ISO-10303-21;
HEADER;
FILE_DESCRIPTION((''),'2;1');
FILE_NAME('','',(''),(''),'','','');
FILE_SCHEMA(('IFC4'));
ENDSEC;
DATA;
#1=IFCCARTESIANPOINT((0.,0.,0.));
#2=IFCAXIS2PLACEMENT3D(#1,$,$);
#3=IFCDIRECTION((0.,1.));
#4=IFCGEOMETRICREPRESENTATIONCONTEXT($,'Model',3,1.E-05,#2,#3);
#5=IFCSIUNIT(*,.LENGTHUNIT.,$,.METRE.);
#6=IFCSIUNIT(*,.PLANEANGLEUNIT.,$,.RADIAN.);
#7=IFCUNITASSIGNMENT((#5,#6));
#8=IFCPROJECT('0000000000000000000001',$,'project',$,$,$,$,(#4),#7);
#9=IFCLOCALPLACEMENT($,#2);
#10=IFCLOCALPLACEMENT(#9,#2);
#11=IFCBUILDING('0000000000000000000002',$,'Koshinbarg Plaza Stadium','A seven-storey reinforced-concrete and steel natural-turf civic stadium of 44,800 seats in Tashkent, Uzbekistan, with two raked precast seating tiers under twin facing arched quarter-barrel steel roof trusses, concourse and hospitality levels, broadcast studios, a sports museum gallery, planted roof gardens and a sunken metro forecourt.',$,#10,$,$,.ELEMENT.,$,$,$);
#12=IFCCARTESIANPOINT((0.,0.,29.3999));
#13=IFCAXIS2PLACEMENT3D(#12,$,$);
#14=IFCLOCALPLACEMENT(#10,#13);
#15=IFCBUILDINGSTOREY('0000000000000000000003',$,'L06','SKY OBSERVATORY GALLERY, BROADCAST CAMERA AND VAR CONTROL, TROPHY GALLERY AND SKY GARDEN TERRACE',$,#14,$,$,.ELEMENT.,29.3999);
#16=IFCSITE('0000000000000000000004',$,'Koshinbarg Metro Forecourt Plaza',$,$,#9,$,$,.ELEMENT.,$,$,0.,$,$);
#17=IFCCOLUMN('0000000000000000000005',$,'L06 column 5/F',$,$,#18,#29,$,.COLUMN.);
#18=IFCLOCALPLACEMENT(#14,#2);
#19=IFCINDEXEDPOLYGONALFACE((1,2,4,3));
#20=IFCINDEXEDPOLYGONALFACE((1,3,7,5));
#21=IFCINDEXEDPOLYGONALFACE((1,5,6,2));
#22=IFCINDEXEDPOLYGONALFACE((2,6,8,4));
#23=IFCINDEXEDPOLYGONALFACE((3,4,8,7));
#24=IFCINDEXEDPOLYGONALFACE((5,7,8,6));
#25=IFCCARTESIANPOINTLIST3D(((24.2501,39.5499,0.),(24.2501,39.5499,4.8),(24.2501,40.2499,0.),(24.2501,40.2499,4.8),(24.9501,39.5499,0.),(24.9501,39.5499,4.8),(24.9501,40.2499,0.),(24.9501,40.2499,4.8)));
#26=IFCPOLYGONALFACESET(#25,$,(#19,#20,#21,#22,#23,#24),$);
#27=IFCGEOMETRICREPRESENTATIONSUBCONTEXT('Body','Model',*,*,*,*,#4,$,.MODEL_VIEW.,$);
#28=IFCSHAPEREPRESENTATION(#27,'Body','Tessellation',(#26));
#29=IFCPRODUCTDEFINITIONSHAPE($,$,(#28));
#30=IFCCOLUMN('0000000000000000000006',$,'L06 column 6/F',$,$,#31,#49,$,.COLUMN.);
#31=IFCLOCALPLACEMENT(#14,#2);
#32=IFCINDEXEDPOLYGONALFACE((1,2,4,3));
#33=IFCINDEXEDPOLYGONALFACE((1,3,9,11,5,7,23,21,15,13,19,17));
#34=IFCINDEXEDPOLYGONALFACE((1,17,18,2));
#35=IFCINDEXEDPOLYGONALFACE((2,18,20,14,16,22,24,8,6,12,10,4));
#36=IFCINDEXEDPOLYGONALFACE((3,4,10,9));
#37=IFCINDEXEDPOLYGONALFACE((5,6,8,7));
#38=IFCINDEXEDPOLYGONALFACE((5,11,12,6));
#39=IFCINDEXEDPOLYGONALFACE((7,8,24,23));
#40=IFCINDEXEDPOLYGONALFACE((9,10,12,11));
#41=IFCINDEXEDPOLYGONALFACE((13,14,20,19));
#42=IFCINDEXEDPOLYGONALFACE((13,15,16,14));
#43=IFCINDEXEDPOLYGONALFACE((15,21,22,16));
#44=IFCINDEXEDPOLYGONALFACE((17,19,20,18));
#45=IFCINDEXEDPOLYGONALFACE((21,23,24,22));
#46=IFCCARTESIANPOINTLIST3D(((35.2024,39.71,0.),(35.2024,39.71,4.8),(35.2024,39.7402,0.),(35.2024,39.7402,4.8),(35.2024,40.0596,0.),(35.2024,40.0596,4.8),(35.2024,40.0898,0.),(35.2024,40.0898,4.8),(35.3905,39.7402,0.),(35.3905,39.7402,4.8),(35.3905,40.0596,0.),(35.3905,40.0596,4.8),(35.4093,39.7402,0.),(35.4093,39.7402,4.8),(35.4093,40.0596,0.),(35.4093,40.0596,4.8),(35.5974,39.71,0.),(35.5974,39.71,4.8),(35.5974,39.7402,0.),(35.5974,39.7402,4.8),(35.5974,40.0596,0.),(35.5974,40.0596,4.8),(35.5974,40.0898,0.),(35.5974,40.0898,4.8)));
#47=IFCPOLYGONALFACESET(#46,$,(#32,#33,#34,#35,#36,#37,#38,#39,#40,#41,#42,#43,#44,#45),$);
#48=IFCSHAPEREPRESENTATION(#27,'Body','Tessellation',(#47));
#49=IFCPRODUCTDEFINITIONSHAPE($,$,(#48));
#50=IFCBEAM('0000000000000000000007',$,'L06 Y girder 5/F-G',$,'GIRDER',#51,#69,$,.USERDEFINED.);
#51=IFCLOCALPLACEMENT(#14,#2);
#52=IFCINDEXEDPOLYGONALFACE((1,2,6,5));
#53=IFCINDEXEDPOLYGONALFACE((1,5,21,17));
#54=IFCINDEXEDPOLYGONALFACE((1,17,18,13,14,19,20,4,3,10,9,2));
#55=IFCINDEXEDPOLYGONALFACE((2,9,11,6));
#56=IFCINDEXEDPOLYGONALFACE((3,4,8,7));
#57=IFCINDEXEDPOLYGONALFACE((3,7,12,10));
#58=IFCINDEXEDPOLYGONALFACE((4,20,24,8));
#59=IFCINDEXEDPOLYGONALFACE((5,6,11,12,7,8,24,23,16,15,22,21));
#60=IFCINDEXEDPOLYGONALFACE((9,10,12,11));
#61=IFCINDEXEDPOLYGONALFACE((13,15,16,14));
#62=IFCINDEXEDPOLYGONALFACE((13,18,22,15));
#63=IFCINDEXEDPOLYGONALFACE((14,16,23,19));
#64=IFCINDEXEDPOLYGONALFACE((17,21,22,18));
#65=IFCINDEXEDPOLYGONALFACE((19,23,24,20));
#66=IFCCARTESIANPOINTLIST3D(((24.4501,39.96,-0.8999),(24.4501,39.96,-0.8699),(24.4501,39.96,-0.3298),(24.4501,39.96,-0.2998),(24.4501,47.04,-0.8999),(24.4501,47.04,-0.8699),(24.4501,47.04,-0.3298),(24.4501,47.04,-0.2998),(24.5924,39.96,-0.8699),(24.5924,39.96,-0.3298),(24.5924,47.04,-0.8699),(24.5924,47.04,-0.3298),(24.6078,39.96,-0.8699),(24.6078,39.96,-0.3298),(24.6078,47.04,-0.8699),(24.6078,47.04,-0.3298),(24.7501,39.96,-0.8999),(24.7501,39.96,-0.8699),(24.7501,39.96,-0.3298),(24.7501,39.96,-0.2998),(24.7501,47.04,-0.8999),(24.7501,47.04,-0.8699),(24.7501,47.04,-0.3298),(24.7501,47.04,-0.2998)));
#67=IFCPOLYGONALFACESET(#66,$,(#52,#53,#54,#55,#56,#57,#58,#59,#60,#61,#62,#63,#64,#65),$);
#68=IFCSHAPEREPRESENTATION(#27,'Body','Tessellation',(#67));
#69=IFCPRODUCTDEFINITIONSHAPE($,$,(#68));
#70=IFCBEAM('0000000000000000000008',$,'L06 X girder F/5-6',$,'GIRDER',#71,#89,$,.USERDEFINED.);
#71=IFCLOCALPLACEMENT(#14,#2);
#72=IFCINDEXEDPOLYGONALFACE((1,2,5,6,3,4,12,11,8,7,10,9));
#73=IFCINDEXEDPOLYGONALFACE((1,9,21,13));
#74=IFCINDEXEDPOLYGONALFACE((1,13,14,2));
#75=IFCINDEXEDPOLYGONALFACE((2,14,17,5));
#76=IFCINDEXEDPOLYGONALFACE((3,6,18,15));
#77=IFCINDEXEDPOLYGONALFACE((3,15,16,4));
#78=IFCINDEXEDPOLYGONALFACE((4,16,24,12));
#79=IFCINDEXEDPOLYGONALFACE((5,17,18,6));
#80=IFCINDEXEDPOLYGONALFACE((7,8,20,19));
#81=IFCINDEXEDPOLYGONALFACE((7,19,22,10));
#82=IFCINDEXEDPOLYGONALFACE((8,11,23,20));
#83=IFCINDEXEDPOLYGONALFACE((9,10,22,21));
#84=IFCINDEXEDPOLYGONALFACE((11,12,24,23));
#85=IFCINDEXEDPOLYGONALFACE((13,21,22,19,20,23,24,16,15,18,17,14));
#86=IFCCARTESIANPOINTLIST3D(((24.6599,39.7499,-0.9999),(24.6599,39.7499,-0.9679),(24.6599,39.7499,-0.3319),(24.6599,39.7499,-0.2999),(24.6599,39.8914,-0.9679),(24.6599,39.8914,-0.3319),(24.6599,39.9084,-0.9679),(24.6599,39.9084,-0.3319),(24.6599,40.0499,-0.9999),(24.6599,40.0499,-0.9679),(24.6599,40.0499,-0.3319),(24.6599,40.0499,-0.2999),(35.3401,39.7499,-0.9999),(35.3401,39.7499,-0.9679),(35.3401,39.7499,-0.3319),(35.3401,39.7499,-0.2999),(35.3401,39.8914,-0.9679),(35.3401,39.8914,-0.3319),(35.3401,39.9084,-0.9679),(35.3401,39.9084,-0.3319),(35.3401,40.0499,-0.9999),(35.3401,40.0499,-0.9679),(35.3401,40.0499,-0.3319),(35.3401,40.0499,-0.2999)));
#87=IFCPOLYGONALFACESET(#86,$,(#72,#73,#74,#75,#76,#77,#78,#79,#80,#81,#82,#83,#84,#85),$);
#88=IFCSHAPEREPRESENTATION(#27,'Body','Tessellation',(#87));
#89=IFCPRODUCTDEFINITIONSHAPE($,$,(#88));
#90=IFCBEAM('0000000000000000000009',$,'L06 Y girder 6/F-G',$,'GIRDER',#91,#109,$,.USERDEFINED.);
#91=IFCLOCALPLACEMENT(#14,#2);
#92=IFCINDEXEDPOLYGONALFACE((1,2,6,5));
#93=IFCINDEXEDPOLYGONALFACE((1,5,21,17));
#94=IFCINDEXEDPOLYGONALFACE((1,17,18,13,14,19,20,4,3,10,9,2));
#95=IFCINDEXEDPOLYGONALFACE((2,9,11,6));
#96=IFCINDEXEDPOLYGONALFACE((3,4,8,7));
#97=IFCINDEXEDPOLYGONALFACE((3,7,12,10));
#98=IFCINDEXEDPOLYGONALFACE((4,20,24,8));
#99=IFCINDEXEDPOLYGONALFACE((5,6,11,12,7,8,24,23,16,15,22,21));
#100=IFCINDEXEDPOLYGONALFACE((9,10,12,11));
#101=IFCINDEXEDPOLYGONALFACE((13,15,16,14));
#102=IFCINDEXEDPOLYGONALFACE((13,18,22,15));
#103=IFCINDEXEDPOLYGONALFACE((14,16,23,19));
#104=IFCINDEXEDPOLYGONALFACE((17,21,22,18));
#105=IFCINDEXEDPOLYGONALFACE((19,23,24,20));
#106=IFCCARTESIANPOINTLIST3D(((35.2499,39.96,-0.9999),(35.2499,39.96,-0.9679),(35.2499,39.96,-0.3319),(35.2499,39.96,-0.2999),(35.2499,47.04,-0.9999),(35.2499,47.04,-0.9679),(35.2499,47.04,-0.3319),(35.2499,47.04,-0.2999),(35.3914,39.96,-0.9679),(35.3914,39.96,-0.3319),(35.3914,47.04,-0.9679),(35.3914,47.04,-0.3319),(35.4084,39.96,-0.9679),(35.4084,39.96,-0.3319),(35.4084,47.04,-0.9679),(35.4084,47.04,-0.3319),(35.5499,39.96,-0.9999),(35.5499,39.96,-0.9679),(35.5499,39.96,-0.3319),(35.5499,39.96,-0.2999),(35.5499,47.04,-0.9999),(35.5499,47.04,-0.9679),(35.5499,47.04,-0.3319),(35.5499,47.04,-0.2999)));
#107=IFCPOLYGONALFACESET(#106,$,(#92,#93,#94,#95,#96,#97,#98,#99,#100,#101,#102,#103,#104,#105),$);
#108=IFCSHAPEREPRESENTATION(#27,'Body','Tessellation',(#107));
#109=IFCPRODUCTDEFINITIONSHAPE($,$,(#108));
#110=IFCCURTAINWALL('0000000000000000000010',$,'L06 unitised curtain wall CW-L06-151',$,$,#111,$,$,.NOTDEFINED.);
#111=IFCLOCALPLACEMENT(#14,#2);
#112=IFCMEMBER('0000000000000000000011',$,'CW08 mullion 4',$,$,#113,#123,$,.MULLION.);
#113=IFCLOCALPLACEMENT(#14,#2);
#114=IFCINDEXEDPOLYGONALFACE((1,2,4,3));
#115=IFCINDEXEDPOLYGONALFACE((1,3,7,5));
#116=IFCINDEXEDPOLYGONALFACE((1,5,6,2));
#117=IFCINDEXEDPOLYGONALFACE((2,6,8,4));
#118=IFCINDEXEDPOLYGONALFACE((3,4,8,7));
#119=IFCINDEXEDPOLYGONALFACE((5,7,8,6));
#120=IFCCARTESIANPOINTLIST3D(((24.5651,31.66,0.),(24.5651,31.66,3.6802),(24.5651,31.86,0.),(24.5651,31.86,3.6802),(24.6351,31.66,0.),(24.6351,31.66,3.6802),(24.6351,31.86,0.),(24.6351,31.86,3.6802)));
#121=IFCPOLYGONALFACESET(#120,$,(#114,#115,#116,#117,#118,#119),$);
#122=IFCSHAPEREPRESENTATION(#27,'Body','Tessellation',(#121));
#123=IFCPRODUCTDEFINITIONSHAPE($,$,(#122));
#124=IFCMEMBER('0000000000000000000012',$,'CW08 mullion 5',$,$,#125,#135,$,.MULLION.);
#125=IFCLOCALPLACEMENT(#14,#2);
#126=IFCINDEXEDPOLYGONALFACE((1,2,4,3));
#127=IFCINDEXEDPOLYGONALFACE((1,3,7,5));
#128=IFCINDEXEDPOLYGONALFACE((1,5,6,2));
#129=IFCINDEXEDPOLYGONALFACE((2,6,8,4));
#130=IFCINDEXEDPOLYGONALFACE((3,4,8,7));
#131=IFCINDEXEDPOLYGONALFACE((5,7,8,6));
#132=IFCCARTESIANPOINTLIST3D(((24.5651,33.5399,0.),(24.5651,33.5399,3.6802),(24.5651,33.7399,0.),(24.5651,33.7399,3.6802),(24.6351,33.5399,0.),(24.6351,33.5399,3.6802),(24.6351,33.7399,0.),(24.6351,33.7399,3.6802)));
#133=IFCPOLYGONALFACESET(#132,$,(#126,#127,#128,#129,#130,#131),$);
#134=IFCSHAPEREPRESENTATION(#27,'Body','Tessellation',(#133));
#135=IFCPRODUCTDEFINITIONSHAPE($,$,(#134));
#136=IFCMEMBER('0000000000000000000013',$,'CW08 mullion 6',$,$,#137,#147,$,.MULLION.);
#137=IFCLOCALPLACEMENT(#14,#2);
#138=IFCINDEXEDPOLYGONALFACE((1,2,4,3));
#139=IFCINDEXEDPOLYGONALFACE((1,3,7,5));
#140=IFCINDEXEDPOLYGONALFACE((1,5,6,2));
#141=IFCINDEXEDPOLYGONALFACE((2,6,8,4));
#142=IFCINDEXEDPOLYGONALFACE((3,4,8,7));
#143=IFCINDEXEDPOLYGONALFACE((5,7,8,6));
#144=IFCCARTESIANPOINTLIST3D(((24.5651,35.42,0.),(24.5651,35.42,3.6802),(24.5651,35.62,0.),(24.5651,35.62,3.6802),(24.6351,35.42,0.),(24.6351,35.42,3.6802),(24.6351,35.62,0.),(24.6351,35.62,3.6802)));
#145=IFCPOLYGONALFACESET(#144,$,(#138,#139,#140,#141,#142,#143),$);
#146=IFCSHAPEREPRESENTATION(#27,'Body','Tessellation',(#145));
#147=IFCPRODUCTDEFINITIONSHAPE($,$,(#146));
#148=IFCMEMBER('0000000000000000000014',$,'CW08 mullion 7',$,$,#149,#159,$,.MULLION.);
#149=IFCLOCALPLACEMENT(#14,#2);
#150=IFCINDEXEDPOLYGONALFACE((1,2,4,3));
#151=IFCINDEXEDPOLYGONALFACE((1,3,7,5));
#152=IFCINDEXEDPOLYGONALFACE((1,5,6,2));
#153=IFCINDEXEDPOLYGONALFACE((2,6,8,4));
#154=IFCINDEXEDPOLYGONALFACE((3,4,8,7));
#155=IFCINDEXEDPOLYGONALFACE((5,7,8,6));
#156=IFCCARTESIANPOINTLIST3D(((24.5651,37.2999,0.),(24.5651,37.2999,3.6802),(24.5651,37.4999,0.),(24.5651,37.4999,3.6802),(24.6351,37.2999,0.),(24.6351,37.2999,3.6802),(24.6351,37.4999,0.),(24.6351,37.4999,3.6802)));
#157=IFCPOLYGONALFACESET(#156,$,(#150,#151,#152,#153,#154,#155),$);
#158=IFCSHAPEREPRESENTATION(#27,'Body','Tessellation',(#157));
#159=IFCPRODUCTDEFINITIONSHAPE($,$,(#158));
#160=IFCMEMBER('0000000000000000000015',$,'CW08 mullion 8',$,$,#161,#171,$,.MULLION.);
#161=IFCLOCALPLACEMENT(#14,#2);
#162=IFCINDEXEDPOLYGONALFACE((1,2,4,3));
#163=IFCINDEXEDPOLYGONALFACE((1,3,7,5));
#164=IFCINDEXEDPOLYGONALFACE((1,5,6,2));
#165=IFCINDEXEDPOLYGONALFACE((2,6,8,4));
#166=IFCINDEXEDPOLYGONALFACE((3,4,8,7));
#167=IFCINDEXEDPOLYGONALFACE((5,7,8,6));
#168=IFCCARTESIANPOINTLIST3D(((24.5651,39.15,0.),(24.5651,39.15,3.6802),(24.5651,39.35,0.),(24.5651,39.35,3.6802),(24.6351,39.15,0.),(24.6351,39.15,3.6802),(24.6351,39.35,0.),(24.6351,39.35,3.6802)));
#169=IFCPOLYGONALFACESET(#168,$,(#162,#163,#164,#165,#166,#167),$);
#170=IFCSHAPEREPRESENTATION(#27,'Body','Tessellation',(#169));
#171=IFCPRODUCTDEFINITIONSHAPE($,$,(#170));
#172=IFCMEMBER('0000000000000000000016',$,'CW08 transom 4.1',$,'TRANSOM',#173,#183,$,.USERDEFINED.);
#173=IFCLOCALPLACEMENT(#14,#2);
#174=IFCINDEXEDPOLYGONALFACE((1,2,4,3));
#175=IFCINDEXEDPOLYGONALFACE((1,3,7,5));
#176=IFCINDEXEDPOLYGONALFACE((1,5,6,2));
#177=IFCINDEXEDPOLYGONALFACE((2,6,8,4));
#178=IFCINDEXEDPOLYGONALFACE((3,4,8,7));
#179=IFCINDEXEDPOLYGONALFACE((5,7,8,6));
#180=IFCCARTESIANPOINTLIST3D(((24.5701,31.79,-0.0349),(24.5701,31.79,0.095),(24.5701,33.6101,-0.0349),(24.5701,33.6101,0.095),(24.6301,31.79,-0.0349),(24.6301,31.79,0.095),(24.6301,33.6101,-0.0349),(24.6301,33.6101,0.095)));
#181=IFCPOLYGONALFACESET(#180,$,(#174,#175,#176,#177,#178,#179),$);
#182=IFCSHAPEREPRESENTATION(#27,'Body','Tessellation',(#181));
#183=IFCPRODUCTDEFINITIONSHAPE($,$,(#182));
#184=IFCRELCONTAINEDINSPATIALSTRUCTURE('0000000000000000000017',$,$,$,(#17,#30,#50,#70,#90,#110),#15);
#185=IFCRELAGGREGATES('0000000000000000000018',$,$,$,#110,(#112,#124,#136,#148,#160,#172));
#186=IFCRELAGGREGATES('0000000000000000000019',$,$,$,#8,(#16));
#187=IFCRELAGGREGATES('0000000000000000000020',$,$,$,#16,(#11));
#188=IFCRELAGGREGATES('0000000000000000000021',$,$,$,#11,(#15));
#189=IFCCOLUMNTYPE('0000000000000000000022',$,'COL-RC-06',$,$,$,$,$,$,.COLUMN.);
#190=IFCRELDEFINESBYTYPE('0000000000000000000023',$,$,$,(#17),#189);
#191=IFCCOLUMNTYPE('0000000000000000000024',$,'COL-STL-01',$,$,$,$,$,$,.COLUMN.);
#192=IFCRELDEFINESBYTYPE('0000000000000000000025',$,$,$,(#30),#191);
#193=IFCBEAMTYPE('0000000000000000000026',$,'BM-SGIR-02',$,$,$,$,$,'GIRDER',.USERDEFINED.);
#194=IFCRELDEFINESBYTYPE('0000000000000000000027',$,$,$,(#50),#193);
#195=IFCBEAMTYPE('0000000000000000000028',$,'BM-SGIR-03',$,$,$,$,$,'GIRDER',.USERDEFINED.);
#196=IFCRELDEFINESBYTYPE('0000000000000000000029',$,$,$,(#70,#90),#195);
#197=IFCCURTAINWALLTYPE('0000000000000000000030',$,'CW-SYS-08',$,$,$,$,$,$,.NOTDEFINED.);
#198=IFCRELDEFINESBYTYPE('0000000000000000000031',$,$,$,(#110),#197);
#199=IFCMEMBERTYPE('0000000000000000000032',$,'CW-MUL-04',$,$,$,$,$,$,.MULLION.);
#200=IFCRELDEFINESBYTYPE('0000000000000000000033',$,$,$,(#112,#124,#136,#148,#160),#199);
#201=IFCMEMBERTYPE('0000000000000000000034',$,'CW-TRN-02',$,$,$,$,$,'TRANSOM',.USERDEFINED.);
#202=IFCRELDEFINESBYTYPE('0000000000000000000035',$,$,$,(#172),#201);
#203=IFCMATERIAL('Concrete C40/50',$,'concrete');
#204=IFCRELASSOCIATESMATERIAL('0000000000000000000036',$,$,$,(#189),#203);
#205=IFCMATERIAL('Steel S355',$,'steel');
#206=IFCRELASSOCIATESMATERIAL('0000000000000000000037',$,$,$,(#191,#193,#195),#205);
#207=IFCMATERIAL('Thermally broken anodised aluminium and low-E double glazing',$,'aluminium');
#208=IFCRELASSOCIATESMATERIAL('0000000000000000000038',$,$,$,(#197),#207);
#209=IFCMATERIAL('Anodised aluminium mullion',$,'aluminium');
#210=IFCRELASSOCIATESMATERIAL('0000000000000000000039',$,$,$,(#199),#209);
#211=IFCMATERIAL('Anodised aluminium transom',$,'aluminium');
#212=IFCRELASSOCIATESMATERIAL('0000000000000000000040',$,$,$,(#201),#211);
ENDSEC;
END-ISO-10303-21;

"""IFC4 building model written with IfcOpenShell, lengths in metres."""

from ifc_helpers import new_model, si_unit, direction, frame, origin, origin_2d, place, context, subcontext, project, spatial, rectangle, i_section, extrude, material, material_profile, profile_set, type_object, element, aggregate, save


model = new_model("IFC4")

# Units and contexts
model_context = context("Model", 3, precision=1e-05, world=origin(), true_north=direction((0.0, 1.0)))
body_context = subcontext(model_context, "Body", "Model", "MODEL_VIEW")
ifc_project = project(units=[si_unit("LENGTHUNIT", "METRE"), si_unit("PLANEANGLEUNIT", "RADIAN")], contexts=[model_context])

# Site, building, storey
site_placement = place(None, origin())
site = spatial("IfcSite", under=ifc_project, at=site_placement, Name="Koshinbarg Metro Forecourt Plaza", CompositionType="ELEMENT", RefElevation=0.0)
building_placement = place(site_placement, origin())
building = spatial("IfcBuilding", under=site, at=building_placement, Name="Koshinbarg Plaza Stadium", Description="A seven-storey reinforced-concrete and steel natural-turf civic stadium of 44,800 seats in Tashkent, Uzbekistan, with two raked precast seating tiers under twin facing arched quarter-barrel steel roof trusses, concourse and hospitality levels, broadcast studios, a sports museum gallery, planted roof gardens and a sunken metro forecourt.", CompositionType="ELEMENT")
storey_placement = place(building_placement, frame((0.0, 0.0, 29.3999)))
storey = spatial("IfcBuildingStorey", under=building, at=storey_placement, Name="L06", Description="SKY OBSERVATORY GALLERY, BROADCAST CAMERA AND VAR CONTROL, TROPHY GALLERY AND SKY GARDEN TERRACE", CompositionType="ELEMENT", Elevation=29.3999)

# Columns
ifc_material_1 = material(Name="Concrete C40/50", Category="concrete")
ifc_material_profile_1 = material_profile(ifc_material_1, rectangle(XDim=0.7, YDim=0.7, at=origin_2d()), Name="RC 700x700")
ifc_profile_set_1 = profile_set([ifc_material_profile_1], Name="Concrete C40/50")
column_type_1 = type_object("IfcColumnType", Name="COL-RC-06", PredefinedType="COLUMN", material=ifc_profile_set_1)
column_1_placement = place(storey_placement, frame((24.6001, 39.8999, 0.0), z_axis=(0.0, 0.0, 1.0), x_axis=(1.0, 0.0, 0.0)))
element("IfcColumn", 1, at=column_1_placement, inside=storey, type_object=column_type_1, Name="L06 column 5/F", PredefinedType="COLUMN", context=body_context, shape_type="SweptSolid", body=[
    extrude(rectangle(XDim=0.7, YDim=0.7, at=origin_2d()), origin(), (0.0, 0.0, 1.0), 4.8),
])
ifc_material_2 = material(Name="Steel S355", Category="steel")
ifc_material_profile_2 = material_profile(ifc_material_2, i_section(OverallWidth=0.395, OverallDepth=0.3799, WebThickness=0.0188, FlangeThickness=0.0303, at=origin_2d()), Name="HD 400x237")
ifc_profile_set_2 = profile_set([ifc_material_profile_2], Name="Steel S355")
column_type_2 = type_object("IfcColumnType", Name="COL-STL-01", PredefinedType="COLUMN", material=ifc_profile_set_2)
column_2_placement = place(storey_placement, frame((35.3999, 39.8999, 0.0), z_axis=(0.0, 0.0, 1.0), x_axis=(1.0, 0.0, 0.0)))
element("IfcColumn", 2, at=column_2_placement, inside=storey, type_object=column_type_2, Name="L06 column 6/F", PredefinedType="COLUMN", context=body_context, shape_type="SweptSolid", body=[
    extrude(i_section(OverallWidth=0.395, OverallDepth=0.3799, WebThickness=0.0188, FlangeThickness=0.0303, at=origin_2d()), origin(), (0.0, 0.0, 1.0), 4.8),
])

# Beams
ifc_material_profile_3 = material_profile(ifc_material_2, i_section(OverallWidth=0.3, OverallDepth=0.6001, WebThickness=0.0154, FlangeThickness=0.03, at=origin_2d()), Name="HEB 600")
ifc_profile_set_3 = profile_set([ifc_material_profile_3], Name="Steel S355")
beam_type_1 = type_object("IfcBeamType", Name="BM-SGIR-02", ElementType="GIRDER", PredefinedType="USERDEFINED", material=ifc_profile_set_3)
beam_1_placement = place(storey_placement, frame((24.6001, 39.96, -0.5999), z_axis=(0.0, 1.0, 0.0), x_axis=(-1.0, 0.0, 0.0)))
element("IfcBeam", 3, at=beam_1_placement, inside=storey, type_object=beam_type_1, Name="L06 Y girder 5/F-G", ObjectType="GIRDER", PredefinedType="USERDEFINED", context=body_context, shape_type="SweptSolid", body=[
    extrude(i_section(OverallWidth=0.3, OverallDepth=0.6001, WebThickness=0.0154, FlangeThickness=0.03, at=origin_2d()), origin(), (0.0, 0.0, 1.0), 7.0801),
])
ifc_material_profile_4 = material_profile(ifc_material_2, i_section(OverallWidth=0.3, OverallDepth=0.7, WebThickness=0.0171, FlangeThickness=0.032, at=origin_2d()), Name="HEB 700")
ifc_profile_set_4 = profile_set([ifc_material_profile_4], Name="Steel S355")
beam_type_2 = type_object("IfcBeamType", Name="BM-SGIR-03", ElementType="GIRDER", PredefinedType="USERDEFINED", material=ifc_profile_set_4)
beam_2_placement = place(storey_placement, frame((24.6599, 39.8999, -0.6499), z_axis=(1.0, 0.0, 0.0), x_axis=(0.0, 1.0, 0.0)))
element("IfcBeam", 4, at=beam_2_placement, inside=storey, type_object=beam_type_2, Name="L06 X girder F/5-6", ObjectType="GIRDER", PredefinedType="USERDEFINED", context=body_context, shape_type="SweptSolid", body=[
    extrude(i_section(OverallWidth=0.3, OverallDepth=0.7, WebThickness=0.0171, FlangeThickness=0.032, at=origin_2d()), origin(), (0.0, 0.0, 1.0), 10.6802),
])
beam_3_placement = place(storey_placement, frame((35.3999, 39.96, -0.6499), z_axis=(0.0, 1.0, 0.0), x_axis=(-1.0, 0.0, 0.0)))
element("IfcBeam", 5, at=beam_3_placement, inside=storey, type_object=beam_type_2, Name="L06 Y girder 6/F-G", ObjectType="GIRDER", PredefinedType="USERDEFINED", context=body_context, shape_type="SweptSolid", body=[
    extrude(i_section(OverallWidth=0.3, OverallDepth=0.7, WebThickness=0.0171, FlangeThickness=0.032, at=origin_2d()), origin(), (0.0, 0.0, 1.0), 7.0801),
])

# Curtain wall, members
ifc_material_3 = material(Name="Thermally broken anodised aluminium and low-E double glazing", Category="aluminium")
curtain_wall_type = type_object("IfcCurtainWallType", Name="CW-SYS-08", PredefinedType="NOTDEFINED", material=ifc_material_3)
curtain_wall_placement = place(storey_placement, origin())
curtain_wall = element("IfcCurtainWall", 6, at=curtain_wall_placement, inside=storey, type_object=curtain_wall_type, Name="L06 unitised curtain wall CW-L06-151", PredefinedType="NOTDEFINED")
ifc_material_4 = material(Name="Anodised aluminium mullion", Category="aluminium")
ifc_material_profile_5 = material_profile(ifc_material_4, rectangle(XDim=0.0701, YDim=0.2, at=origin_2d()), Name="ALU 70x200")
ifc_profile_set_5 = profile_set([ifc_material_profile_5], Name="Anodised aluminium mullion")
member_type_1 = type_object("IfcMemberType", Name="CW-MUL-04", PredefinedType="MULLION", material=ifc_profile_set_5)
member_1_placement = place(storey_placement, frame((24.6001, 31.76, 0.0), z_axis=(0.0, 0.0, 1.0), x_axis=(-1.0, 0.0, 0.0)))
member_1 = element("IfcMember", 7, at=member_1_placement, type_object=member_type_1, Name="CW08 mullion 4", PredefinedType="MULLION", context=body_context, shape_type="SweptSolid", body=[
    extrude(rectangle(XDim=0.0701, YDim=0.2, at=origin_2d()), origin(), (0.0, 0.0, 1.0), 3.6802),
])
member_2_placement = place(storey_placement, frame((24.6001, 33.6399, 0.0), z_axis=(0.0, 0.0, 1.0), x_axis=(-1.0, 0.0, 0.0)))
member_2 = element("IfcMember", 8, at=member_2_placement, type_object=member_type_1, Name="CW08 mullion 5", PredefinedType="MULLION", context=body_context, shape_type="SweptSolid", body=[
    extrude(rectangle(XDim=0.0701, YDim=0.2, at=origin_2d()), origin(), (0.0, 0.0, 1.0), 3.6802),
])
member_3_placement = place(storey_placement, frame((24.6001, 35.52, 0.0), z_axis=(0.0, 0.0, 1.0), x_axis=(-1.0, 0.0, 0.0)))
member_3 = element("IfcMember", 9, at=member_3_placement, type_object=member_type_1, Name="CW08 mullion 6", PredefinedType="MULLION", context=body_context, shape_type="SweptSolid", body=[
    extrude(rectangle(XDim=0.0701, YDim=0.2, at=origin_2d()), origin(), (0.0, 0.0, 1.0), 3.6802),
])
member_4_placement = place(storey_placement, frame((24.6001, 37.3999, 0.0), z_axis=(0.0, 0.0, 1.0), x_axis=(-1.0, 0.0, 0.0)))
member_4 = element("IfcMember", 10, at=member_4_placement, type_object=member_type_1, Name="CW08 mullion 7", PredefinedType="MULLION", context=body_context, shape_type="SweptSolid", body=[
    extrude(rectangle(XDim=0.0701, YDim=0.2, at=origin_2d()), origin(), (0.0, 0.0, 1.0), 3.6802),
])
member_5_placement = place(storey_placement, frame((24.6001, 39.25, 0.0), z_axis=(0.0, 0.0, 1.0), x_axis=(-1.0, 0.0, 0.0)))
member_5 = element("IfcMember", 11, at=member_5_placement, type_object=member_type_1, Name="CW08 mullion 8", PredefinedType="MULLION", context=body_context, shape_type="SweptSolid", body=[
    extrude(rectangle(XDim=0.0701, YDim=0.2, at=origin_2d()), origin(), (0.0, 0.0, 1.0), 3.6802),
])
ifc_material_5 = material(Name="Anodised aluminium transom", Category="aluminium")
ifc_material_profile_6 = material_profile(ifc_material_5, rectangle(XDim=0.0601, YDim=0.1299, at=origin_2d()), Name="ALU 60x130")
ifc_profile_set_6 = profile_set([ifc_material_profile_6], Name="Anodised aluminium transom")
member_type_2 = type_object("IfcMemberType", Name="CW-TRN-02", ElementType="TRANSOM", PredefinedType="USERDEFINED", material=ifc_profile_set_6)
member_6_placement = place(storey_placement, frame((24.6001, 31.79, 0.03), z_axis=(0.0, 1.0, 0.0), x_axis=(-1.0, 0.0, 0.0)))
member_6 = element("IfcMember", 12, at=member_6_placement, type_object=member_type_2, Name="CW08 transom 4.1", ObjectType="TRANSOM", PredefinedType="USERDEFINED", context=body_context, shape_type="SweptSolid", body=[
    extrude(rectangle(XDim=0.0601, YDim=0.1299, at=origin_2d()), origin(), (0.0, 0.0, 1.0), 1.8201),
])
aggregate(curtain_wall, [member_1, member_2, member_3, member_4, member_5, member_6])

save(model, "model.ifc")
